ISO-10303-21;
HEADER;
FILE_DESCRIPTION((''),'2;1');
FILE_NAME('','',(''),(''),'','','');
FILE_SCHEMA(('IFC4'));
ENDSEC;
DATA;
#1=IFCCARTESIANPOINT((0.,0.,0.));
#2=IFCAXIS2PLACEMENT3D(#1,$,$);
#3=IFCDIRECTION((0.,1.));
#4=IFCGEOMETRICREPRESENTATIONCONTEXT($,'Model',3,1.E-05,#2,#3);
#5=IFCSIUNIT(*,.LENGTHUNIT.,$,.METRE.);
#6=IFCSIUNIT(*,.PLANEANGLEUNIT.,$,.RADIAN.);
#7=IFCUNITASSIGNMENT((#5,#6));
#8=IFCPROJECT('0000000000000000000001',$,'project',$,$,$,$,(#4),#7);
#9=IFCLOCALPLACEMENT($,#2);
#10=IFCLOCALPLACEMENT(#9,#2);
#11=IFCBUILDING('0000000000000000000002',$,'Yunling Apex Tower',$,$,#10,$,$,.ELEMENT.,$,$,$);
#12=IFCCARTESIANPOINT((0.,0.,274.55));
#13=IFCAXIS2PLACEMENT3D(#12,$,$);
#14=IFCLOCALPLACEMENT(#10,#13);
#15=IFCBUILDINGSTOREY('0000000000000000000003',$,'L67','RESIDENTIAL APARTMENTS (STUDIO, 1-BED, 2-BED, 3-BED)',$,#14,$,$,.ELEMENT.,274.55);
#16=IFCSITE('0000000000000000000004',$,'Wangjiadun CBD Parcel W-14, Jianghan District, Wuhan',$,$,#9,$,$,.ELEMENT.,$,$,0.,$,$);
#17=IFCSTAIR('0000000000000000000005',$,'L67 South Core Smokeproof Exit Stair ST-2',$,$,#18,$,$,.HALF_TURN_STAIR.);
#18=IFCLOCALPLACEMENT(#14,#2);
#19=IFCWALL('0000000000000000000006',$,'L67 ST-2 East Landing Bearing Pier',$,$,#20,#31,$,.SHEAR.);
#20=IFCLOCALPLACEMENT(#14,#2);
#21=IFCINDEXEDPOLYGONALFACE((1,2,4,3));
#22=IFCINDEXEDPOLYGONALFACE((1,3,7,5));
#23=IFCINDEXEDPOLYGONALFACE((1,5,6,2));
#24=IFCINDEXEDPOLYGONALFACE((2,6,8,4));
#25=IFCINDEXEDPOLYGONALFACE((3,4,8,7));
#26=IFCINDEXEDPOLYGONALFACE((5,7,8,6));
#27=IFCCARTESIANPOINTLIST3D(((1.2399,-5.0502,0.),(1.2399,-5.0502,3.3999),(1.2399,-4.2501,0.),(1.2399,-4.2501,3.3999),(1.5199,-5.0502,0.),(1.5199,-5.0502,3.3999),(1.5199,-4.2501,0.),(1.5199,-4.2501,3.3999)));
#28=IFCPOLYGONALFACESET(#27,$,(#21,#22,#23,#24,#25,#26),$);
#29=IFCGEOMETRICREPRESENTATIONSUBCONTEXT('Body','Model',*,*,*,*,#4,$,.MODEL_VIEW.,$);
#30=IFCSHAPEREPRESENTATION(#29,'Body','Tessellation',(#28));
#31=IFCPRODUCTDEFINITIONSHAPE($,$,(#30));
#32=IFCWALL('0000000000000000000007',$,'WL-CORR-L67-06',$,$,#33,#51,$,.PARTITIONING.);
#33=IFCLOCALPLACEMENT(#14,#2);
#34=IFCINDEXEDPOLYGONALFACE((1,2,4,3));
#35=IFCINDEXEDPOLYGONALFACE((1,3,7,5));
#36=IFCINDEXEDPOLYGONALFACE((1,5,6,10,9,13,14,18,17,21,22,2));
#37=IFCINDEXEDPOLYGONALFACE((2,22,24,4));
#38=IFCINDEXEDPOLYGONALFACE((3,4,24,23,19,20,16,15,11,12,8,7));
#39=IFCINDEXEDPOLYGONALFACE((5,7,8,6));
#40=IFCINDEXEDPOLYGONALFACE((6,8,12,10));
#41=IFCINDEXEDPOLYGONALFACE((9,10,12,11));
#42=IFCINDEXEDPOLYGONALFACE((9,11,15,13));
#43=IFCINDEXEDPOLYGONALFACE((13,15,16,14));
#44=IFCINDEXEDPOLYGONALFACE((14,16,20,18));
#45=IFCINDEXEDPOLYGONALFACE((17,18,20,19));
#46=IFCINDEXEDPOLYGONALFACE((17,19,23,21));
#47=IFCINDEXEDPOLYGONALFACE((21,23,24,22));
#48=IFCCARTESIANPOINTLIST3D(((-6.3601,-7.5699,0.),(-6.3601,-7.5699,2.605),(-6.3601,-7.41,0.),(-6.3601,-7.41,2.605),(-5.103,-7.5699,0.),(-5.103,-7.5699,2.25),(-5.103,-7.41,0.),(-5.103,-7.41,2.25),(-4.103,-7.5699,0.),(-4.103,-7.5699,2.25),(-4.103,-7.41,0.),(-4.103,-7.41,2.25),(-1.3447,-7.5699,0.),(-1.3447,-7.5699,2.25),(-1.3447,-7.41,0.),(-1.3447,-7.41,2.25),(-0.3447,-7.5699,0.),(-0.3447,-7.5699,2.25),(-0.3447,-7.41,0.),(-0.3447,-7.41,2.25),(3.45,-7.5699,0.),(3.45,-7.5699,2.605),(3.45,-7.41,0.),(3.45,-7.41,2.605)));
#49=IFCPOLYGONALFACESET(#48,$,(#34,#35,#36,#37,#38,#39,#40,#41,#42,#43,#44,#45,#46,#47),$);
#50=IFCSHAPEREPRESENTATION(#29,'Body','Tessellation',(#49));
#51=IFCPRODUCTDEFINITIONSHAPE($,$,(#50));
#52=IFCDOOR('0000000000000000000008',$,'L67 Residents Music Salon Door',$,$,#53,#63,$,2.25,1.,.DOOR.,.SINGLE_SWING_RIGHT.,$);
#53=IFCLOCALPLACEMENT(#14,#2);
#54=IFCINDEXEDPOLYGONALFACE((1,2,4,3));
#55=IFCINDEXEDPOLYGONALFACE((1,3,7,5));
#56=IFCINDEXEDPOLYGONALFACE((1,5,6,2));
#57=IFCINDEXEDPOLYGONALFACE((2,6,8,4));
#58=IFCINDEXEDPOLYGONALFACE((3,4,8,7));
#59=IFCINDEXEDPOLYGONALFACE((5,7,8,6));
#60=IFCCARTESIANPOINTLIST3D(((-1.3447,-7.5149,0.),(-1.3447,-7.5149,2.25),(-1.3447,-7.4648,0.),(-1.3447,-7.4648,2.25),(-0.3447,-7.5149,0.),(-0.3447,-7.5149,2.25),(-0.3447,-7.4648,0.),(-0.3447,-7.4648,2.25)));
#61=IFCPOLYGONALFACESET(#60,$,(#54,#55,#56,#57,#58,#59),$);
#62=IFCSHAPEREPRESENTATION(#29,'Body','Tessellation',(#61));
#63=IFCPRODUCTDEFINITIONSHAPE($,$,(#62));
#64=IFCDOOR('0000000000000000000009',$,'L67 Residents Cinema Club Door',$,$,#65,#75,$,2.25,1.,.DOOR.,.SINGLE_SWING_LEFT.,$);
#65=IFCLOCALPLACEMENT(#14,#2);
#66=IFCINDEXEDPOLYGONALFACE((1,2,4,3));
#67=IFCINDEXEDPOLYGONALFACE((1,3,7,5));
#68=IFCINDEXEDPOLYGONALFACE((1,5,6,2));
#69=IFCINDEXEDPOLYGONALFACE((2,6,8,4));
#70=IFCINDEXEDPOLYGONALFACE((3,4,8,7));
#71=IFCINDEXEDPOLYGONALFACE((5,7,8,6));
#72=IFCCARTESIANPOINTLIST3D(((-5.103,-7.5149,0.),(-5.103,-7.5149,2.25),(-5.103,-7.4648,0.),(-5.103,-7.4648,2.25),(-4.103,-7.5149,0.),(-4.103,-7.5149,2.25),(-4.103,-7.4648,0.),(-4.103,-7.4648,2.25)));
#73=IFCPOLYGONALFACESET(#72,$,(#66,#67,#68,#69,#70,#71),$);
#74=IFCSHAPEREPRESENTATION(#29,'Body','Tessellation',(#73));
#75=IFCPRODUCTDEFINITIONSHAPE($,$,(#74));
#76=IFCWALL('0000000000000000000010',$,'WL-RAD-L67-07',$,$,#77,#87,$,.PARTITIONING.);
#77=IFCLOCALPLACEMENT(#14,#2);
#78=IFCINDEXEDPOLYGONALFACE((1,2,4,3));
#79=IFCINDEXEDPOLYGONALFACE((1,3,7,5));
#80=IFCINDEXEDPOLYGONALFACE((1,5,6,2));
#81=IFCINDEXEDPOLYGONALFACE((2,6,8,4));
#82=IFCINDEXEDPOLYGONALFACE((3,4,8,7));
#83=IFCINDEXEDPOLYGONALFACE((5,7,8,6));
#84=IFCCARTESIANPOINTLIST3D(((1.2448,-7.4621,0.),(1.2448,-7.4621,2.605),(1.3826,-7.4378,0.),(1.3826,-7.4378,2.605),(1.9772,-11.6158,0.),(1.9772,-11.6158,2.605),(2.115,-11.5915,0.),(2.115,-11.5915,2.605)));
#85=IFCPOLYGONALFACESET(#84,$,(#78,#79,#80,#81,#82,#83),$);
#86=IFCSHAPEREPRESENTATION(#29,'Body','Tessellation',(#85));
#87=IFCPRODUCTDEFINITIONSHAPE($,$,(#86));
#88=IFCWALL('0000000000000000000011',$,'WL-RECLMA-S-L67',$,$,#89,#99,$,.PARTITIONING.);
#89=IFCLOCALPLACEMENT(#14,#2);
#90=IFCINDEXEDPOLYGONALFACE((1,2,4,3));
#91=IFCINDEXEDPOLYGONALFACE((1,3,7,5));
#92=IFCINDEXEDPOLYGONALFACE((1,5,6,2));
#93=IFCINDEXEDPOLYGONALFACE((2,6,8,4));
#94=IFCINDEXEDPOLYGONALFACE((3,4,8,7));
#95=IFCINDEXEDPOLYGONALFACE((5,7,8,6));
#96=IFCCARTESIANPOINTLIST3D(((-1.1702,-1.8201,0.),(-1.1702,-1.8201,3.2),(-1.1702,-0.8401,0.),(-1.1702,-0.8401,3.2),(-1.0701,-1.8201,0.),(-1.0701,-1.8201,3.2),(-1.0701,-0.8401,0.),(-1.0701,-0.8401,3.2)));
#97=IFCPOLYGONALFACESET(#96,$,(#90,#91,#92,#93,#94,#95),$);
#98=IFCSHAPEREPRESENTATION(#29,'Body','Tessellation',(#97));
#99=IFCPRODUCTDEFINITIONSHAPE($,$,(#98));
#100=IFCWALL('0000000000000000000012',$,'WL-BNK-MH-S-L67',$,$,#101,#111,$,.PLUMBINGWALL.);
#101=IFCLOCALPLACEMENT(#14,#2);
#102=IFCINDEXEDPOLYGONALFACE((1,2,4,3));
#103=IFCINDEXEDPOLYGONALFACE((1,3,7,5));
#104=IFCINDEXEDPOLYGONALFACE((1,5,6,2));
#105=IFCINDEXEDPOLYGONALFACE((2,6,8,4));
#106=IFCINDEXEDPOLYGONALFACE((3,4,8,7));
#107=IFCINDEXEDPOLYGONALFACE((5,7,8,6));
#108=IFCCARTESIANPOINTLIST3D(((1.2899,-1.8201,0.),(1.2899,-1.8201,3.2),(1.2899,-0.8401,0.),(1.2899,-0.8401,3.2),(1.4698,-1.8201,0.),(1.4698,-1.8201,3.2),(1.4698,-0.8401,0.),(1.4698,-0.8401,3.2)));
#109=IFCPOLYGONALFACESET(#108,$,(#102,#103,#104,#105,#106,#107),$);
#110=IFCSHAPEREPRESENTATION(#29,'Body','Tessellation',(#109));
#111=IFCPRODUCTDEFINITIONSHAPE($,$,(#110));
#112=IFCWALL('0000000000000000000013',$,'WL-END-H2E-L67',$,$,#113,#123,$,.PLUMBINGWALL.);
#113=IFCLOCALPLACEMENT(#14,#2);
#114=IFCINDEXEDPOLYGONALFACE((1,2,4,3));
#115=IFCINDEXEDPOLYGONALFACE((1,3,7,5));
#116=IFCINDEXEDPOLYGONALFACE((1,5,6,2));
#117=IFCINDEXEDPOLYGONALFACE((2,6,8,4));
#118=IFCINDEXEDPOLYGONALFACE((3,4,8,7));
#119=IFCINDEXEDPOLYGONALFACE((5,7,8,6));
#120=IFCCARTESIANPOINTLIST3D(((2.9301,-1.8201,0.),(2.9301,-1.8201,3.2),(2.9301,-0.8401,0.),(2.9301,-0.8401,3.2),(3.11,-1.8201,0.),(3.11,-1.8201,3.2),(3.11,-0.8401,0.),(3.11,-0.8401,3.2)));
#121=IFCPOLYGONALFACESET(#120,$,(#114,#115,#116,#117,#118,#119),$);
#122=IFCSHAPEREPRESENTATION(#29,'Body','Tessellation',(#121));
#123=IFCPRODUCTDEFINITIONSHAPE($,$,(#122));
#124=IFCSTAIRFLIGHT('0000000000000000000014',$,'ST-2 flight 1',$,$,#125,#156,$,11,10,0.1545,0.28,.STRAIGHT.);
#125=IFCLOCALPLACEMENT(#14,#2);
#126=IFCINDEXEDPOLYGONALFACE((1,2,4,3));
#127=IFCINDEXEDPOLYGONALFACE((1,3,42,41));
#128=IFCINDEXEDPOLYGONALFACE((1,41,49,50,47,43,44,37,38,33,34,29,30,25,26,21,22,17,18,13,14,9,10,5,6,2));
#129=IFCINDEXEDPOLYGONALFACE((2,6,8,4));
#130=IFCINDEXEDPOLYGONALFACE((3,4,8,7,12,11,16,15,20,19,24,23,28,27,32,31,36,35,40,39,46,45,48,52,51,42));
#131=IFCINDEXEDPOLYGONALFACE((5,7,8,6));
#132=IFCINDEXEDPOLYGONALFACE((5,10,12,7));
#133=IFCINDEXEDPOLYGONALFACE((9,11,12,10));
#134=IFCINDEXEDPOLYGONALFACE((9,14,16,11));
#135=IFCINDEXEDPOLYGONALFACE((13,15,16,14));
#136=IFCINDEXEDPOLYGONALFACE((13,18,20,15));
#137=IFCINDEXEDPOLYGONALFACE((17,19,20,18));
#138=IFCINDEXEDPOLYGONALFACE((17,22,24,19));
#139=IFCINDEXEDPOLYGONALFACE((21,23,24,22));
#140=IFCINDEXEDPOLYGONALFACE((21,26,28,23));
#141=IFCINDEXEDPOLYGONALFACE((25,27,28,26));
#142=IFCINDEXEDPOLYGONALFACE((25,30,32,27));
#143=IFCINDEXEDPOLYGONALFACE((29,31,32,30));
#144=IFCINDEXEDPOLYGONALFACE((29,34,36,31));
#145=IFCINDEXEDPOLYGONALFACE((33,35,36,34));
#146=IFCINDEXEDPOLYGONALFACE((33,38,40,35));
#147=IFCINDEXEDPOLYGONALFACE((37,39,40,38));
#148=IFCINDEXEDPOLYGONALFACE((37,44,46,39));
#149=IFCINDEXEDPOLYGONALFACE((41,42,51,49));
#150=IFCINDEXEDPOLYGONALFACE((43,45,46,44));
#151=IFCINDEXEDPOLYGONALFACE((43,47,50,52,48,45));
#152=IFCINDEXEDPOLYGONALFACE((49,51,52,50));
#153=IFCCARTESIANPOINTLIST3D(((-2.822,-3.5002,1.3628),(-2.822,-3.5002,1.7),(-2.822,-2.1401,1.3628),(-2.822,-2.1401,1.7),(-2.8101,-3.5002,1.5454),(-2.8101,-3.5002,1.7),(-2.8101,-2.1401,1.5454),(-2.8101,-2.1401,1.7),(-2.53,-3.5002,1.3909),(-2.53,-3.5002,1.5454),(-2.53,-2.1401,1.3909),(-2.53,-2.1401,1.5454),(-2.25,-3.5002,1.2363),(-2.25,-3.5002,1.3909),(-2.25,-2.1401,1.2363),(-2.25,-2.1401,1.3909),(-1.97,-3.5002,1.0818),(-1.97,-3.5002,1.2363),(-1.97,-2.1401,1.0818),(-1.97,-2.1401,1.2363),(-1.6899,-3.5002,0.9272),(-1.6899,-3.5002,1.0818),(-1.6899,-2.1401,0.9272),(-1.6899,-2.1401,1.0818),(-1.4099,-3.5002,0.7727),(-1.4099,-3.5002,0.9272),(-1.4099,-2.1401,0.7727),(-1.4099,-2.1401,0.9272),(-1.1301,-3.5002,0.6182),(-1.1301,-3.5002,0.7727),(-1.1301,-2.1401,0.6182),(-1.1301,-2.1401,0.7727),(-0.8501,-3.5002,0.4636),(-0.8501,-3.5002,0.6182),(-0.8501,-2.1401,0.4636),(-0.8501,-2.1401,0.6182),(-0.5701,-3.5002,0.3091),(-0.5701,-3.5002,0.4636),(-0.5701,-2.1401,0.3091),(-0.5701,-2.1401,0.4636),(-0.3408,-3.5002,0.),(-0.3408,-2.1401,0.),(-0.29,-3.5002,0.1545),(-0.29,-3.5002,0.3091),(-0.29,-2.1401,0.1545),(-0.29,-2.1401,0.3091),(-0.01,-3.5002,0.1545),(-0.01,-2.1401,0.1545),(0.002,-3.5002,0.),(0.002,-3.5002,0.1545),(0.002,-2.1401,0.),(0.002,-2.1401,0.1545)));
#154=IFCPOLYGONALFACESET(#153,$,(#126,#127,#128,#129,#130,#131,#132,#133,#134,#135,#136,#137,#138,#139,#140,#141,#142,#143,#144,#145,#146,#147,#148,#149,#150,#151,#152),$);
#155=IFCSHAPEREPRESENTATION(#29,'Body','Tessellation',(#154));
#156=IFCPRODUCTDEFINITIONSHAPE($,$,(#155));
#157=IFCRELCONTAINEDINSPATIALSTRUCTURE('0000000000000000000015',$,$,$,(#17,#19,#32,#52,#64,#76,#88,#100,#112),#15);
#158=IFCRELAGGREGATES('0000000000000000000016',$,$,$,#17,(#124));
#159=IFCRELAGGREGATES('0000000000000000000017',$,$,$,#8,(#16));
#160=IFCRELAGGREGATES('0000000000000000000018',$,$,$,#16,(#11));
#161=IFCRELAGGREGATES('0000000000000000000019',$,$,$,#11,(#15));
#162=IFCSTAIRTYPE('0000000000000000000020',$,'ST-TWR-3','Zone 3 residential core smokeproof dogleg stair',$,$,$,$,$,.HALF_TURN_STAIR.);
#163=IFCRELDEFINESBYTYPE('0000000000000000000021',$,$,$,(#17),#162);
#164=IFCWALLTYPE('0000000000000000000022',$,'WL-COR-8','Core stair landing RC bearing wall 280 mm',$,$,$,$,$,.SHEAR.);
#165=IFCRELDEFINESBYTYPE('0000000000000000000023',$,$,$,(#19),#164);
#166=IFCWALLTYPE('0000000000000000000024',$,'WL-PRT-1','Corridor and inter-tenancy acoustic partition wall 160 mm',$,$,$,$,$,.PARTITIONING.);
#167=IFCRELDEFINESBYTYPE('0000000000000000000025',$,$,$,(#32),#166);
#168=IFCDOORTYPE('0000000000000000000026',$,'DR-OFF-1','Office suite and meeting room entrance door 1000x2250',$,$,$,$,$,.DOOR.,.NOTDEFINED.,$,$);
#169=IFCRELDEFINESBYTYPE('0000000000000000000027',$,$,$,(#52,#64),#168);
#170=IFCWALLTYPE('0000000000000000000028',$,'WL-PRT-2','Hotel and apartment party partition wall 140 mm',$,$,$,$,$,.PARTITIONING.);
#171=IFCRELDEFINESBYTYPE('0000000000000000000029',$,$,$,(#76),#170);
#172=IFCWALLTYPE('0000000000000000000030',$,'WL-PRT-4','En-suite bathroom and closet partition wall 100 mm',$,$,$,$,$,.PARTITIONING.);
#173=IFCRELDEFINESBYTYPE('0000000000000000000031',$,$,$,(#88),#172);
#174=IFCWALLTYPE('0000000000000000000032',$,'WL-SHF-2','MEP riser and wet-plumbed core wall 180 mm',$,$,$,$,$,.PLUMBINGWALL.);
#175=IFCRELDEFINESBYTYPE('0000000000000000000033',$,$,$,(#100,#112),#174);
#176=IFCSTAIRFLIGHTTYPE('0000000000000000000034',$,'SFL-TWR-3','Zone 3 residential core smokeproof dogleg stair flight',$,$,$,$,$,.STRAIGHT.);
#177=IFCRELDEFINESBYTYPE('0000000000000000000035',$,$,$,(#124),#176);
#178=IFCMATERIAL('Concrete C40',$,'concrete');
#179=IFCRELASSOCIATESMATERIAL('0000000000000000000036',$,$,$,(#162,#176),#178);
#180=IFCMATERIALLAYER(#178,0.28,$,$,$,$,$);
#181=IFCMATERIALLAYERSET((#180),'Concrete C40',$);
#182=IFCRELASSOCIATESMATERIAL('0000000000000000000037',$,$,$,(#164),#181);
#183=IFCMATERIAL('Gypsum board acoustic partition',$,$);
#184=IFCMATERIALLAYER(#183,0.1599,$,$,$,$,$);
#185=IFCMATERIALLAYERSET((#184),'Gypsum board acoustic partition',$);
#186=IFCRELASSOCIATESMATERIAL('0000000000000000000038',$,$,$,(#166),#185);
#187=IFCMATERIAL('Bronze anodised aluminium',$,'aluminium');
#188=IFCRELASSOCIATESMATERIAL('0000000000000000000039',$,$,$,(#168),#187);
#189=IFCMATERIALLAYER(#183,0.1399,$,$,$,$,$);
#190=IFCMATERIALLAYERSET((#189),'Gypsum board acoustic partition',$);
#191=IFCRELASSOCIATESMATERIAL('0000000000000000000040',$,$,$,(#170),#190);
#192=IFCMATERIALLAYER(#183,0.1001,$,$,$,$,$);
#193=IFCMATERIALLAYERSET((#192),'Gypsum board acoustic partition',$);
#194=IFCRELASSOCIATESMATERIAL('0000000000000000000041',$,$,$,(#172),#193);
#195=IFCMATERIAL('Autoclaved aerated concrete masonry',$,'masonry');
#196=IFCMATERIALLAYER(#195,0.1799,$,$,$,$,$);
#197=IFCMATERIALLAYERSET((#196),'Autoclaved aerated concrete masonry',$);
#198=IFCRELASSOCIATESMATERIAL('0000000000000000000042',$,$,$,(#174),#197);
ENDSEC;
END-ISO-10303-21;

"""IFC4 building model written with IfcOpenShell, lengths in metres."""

from ifc_helpers import new_model, si_unit, direction, frame, frame_2d, origin, place, context, subcontext, project, spatial, polyline, rectangle, outline, extrude, material, layer, layer_set, type_object, element, fill, aggregate, save


model = new_model("IFC4")

# Units and contexts
model_context = context("Model", 3, precision=1e-05, world=origin(), true_north=direction((0.0, 1.0)))
body_context = subcontext(model_context, "Body", "Model", "MODEL_VIEW")
ifc_project = project(units=[si_unit("LENGTHUNIT", "METRE"), si_unit("PLANEANGLEUNIT", "RADIAN")], contexts=[model_context])

# Site, building, storey
site_placement = place(None, origin())
site = spatial("IfcSite", under=ifc_project, at=site_placement, Name="Wangjiadun CBD Parcel W-14, Jianghan District, Wuhan", CompositionType="ELEMENT", RefElevation=0.0)
building_placement = place(site_placement, origin())
building = spatial("IfcBuilding", under=site, at=building_placement, Name="Yunling Apex Tower", CompositionType="ELEMENT")
storey_placement = place(building_placement, frame((0.0, 0.0, 274.55)))
storey = spatial("IfcBuildingStorey", under=building, at=storey_placement, Name="L67", Description="RESIDENTIAL APARTMENTS (STUDIO, 1-BED, 2-BED, 3-BED)", CompositionType="ELEMENT", Elevation=274.55)

# Shared definitions
ifc_material_1 = material(Name="Bronze anodised aluminium", Category="aluminium")

# Shared definitions
ifc_material_2 = material(Name="Concrete C40", Category="concrete")

# Stair
stair_type = type_object("IfcStairType", Name="ST-TWR-3", Description="Zone 3 residential core smokeproof dogleg stair", PredefinedType="HALF_TURN_STAIR", material=ifc_material_2)
stair_1_placement = place(storey_placement, origin())
stair_1 = element("IfcStair", 1, at=stair_1_placement, inside=storey, type_object=stair_type, Name="L67 South Core Smokeproof Exit Stair ST-2", PredefinedType="HALF_TURN_STAIR")

# Wall
ifc_layer_1 = layer(ifc_material_2, 0.28)
ifc_layer_set_1 = layer_set([ifc_layer_1], Name="Concrete C40")
wall_type_1 = type_object("IfcWallType", Name="WL-COR-8", Description="Core stair landing RC bearing wall 280 mm", PredefinedType="SHEAR", material=ifc_layer_set_1)
wall_1_placement = place(storey_placement, frame((1.3799, -5.05, 0.0), z_axis=(0.0, 0.0, 1.0), x_axis=(0.0, 1.0, 0.0)))
element("IfcWall", 2, at=wall_1_placement, inside=storey, type_object=wall_type_1, Name="L67 ST-2 East Landing Bearing Pier", PredefinedType="SHEAR", context=body_context, shape_type="SweptSolid", body=[
    extrude(rectangle(XDim=0.8, YDim=0.28, at=frame_2d((0.3999, 0.0))), origin(), (0.0, 0.0, 1.0), 3.3999),
])

# Wall, openings, doors
ifc_material_3 = material(Name="Gypsum board acoustic partition")
ifc_layer_2 = layer(ifc_material_3, 0.1599)
ifc_layer_set_2 = layer_set([ifc_layer_2], Name="Gypsum board acoustic partition")
wall_type_2 = type_object("IfcWallType", Name="WL-PRT-1", Description="Corridor and inter-tenancy acoustic partition wall 160 mm", PredefinedType="PARTITIONING", material=ifc_layer_set_2)
wall_2_placement = place(storey_placement, frame((3.45, -7.49, 0.0), z_axis=(0.0, 0.0, 1.0), x_axis=(-1.0, 0.0, 0.0)))
wall_2 = element("IfcWall", 3, at=wall_2_placement, inside=storey, type_object=wall_type_2, Name="WL-CORR-L67-06", PredefinedType="PARTITIONING", context=body_context, shape_type="SweptSolid", body=[
    extrude(rectangle(XDim=9.8101, YDim=0.1599, at=frame_2d((4.905, 0.0))), origin(), (0.0, 0.0, 1.0), 2.605),
])
opening_1_placement = place(wall_2_placement, frame((3.7947, 0.0, 0.0)))
opening_1 = element("IfcOpeningElement", 4, at=opening_1_placement, cuts=wall_2, PredefinedType="OPENING", context=body_context, shape_type="SweptSolid", body=[
    extrude(rectangle(XDim=1.0, YDim=2.25, at=frame_2d((0.5, 1.125))), frame((0.0, 0.0898, 0.0), z_axis=(0.0, -1.0, 0.0), x_axis=(1.0, 0.0, 0.0)), (0.0, 0.0, 1.0), 0.1799),
])
opening_2_placement = place(wall_2_placement, frame((7.553, 0.0, 0.0)))
opening_2 = element("IfcOpeningElement", 5, at=opening_2_placement, cuts=wall_2, PredefinedType="OPENING", context=body_context, shape_type="SweptSolid", body=[
    extrude(rectangle(XDim=1.0, YDim=2.25, at=frame_2d((0.5, 1.125))), frame((0.0, 0.0898, 0.0), z_axis=(0.0, -1.0, 0.0), x_axis=(1.0, 0.0, 0.0)), (0.0, 0.0, 1.0), 0.1799),
])
door_type_1 = type_object("IfcDoorType", Name="DR-OFF-1", Description="Office suite and meeting room entrance door 1000x2250", OperationType="NOTDEFINED", PredefinedType="DOOR", material=ifc_material_1)
door_1_placement = place(opening_1_placement, origin())
door_1 = element("IfcDoor", 6, at=door_1_placement, inside=storey, type_object=door_type_1, Name="L67 Residents Music Salon Door", OperationType="SINGLE_SWING_RIGHT", OverallHeight=2.25, OverallWidth=1.0, PredefinedType="DOOR", context=body_context, shape_type="SweptSolid", body=[
    extrude(rectangle(XDim=1.0, YDim=2.25, at=frame_2d((0.5, 1.125))), frame((0.0, 0.0249, 0.0), z_axis=(0.0, -1.0, 0.0), x_axis=(1.0, 0.0, 0.0)), (0.0, 0.0, 1.0), 0.05),
])
fill(opening_1, door_1)
door_2_placement = place(opening_2_placement, origin())
door_2 = element("IfcDoor", 7, at=door_2_placement, inside=storey, type_object=door_type_1, Name="L67 Residents Cinema Club Door", OperationType="SINGLE_SWING_LEFT", OverallHeight=2.25, OverallWidth=1.0, PredefinedType="DOOR", context=body_context, shape_type="SweptSolid", body=[
    extrude(rectangle(XDim=1.0, YDim=2.25, at=frame_2d((0.5, 1.125))), frame((0.0, 0.0249, 0.0), z_axis=(0.0, -1.0, 0.0), x_axis=(1.0, 0.0, 0.0)), (0.0, 0.0, 1.0), 0.05),
])
fill(opening_2, door_2)

# Walls
ifc_layer_3 = layer(ifc_material_3, 0.1399)
ifc_layer_set_3 = layer_set([ifc_layer_3], Name="Gypsum board acoustic partition")
wall_type_3 = type_object("IfcWallType", Name="WL-PRT-2", Description="Hotel and apartment party partition wall 140 mm", PredefinedType="PARTITIONING", material=ifc_layer_set_3)
wall_3_placement = place(storey_placement, frame((1.3137, -7.45, 0.0), z_axis=(0.0, 0.0, 1.0), x_axis=(0.173647, -0.984808, 0.0)))
element("IfcWall", 8, at=wall_3_placement, inside=storey, type_object=wall_type_3, Name="WL-RAD-L67-07", PredefinedType="PARTITIONING", context=body_context, shape_type="SweptSolid", body=[
    extrude(rectangle(XDim=4.2178, YDim=0.1399, at=frame_2d((2.1089, 0.0))), origin(), (0.0, 0.0, 1.0), 2.605),
])
ifc_layer_4 = layer(ifc_material_3, 0.1001)
ifc_layer_set_4 = layer_set([ifc_layer_4], Name="Gypsum board acoustic partition")
wall_type_4 = type_object("IfcWallType", Name="WL-PRT-4", Description="En-suite bathroom and closet partition wall 100 mm", PredefinedType="PARTITIONING", material=ifc_layer_set_4)
wall_4_placement = place(storey_placement, frame((-1.1201, -1.8201, 0.0), z_axis=(0.0, 0.0, 1.0), x_axis=(0.0, 1.0, 0.0)))
element("IfcWall", 9, at=wall_4_placement, inside=storey, type_object=wall_type_4, Name="WL-RECLMA-S-L67", PredefinedType="PARTITIONING", context=body_context, shape_type="SweptSolid", body=[
    extrude(rectangle(XDim=0.98, YDim=0.1001, at=frame_2d((0.49, 0.0))), origin(), (0.0, 0.0, 1.0), 3.2),
])

# Shared definitions
ifc_material_4 = material(Name="Autoclaved aerated concrete masonry", Category="masonry")

# Walls
ifc_layer_5 = layer(ifc_material_4, 0.1799)
ifc_layer_set_5 = layer_set([ifc_layer_5], Name="Autoclaved aerated concrete masonry")
wall_type_5 = type_object("IfcWallType", Name="WL-SHF-2", Description="MEP riser and wet-plumbed core wall 180 mm", PredefinedType="PLUMBINGWALL", material=ifc_layer_set_5)
for number, where, z_axis, x_axis, name in (
    (10, (1.3799, -1.8201, 0.0), (0.0, 0.0, 1.0), (0.0, 1.0, 0.0), "WL-BNK-MH-S-L67"),
    (11, (3.02, -1.8201, 0.0), (0.0, 0.0, 1.0), (0.0, 1.0, 0.0), "WL-END-H2E-L67"),
):
    element("IfcWall", number, at=place(storey_placement, frame(where, z_axis=z_axis, x_axis=x_axis)), inside=storey, type_object=wall_type_5, Name=name, PredefinedType="PLUMBINGWALL", context=body_context, shape_type="SweptSolid", body=[
        extrude(rectangle(XDim=0.98, YDim=0.1799, at=frame_2d((0.49, 0.0))), origin(), (0.0, 0.0, 1.0), 3.2),
    ])

# Stair flight
stair_flight_type = type_object("IfcStairFlightType", Name="SFL-TWR-3", Description="Zone 3 residential core smokeproof dogleg stair flight", PredefinedType="STRAIGHT", material=ifc_material_2)
stair_flight_1_placement = place(storey_placement, frame((-0.01, -2.8201, 0.0), z_axis=(0.0, 0.0, 1.0), x_axis=(-1.0, 0.0, 0.0)))
stair_flight_1 = element("IfcStairFlight", 12, at=stair_flight_1_placement, type_object=stair_flight_type, Name="ST-2 flight 1", NumberOfRisers=11, NumberOfTreads=10, PredefinedType="STRAIGHT", RiserHeight=0.1545, TreadLength=0.28, context=body_context, shape_type="SweptSolid", body=[
    extrude(outline(polyline([(-0.012, 0.0), (-0.012, 0.1545), (0.0, 0.1545), (0.28, 0.1545), (0.28, 0.3091), (0.5601, 0.3091), (0.5601, 0.4636), (0.8401, 0.4636), (0.8401, 0.6182), (1.1201, 0.6182), (1.1201, 0.7727), (1.3999, 0.7727), (1.3999, 0.9272), (1.6799, 0.9272), (1.6799, 1.0818), (1.96, 1.0818), (1.96, 1.2363), (2.24, 1.2363), (2.24, 1.3909), (2.52, 1.3909), (2.52, 1.5454), (2.8, 1.5454), (2.8, 1.7), (2.812, 1.7), (2.812, 1.3628), (0.3308, 0.0), (-0.012, 0.0)])), frame((0.0, 0.6802, 0.0), z_axis=(0.0, -1.0, 0.0), x_axis=(1.0, 0.0, 0.0)), (0.0, 0.0, 1.0), 1.3601),
])
aggregate(stair_1, [stair_flight_1])

save(model, "model.ifc")
